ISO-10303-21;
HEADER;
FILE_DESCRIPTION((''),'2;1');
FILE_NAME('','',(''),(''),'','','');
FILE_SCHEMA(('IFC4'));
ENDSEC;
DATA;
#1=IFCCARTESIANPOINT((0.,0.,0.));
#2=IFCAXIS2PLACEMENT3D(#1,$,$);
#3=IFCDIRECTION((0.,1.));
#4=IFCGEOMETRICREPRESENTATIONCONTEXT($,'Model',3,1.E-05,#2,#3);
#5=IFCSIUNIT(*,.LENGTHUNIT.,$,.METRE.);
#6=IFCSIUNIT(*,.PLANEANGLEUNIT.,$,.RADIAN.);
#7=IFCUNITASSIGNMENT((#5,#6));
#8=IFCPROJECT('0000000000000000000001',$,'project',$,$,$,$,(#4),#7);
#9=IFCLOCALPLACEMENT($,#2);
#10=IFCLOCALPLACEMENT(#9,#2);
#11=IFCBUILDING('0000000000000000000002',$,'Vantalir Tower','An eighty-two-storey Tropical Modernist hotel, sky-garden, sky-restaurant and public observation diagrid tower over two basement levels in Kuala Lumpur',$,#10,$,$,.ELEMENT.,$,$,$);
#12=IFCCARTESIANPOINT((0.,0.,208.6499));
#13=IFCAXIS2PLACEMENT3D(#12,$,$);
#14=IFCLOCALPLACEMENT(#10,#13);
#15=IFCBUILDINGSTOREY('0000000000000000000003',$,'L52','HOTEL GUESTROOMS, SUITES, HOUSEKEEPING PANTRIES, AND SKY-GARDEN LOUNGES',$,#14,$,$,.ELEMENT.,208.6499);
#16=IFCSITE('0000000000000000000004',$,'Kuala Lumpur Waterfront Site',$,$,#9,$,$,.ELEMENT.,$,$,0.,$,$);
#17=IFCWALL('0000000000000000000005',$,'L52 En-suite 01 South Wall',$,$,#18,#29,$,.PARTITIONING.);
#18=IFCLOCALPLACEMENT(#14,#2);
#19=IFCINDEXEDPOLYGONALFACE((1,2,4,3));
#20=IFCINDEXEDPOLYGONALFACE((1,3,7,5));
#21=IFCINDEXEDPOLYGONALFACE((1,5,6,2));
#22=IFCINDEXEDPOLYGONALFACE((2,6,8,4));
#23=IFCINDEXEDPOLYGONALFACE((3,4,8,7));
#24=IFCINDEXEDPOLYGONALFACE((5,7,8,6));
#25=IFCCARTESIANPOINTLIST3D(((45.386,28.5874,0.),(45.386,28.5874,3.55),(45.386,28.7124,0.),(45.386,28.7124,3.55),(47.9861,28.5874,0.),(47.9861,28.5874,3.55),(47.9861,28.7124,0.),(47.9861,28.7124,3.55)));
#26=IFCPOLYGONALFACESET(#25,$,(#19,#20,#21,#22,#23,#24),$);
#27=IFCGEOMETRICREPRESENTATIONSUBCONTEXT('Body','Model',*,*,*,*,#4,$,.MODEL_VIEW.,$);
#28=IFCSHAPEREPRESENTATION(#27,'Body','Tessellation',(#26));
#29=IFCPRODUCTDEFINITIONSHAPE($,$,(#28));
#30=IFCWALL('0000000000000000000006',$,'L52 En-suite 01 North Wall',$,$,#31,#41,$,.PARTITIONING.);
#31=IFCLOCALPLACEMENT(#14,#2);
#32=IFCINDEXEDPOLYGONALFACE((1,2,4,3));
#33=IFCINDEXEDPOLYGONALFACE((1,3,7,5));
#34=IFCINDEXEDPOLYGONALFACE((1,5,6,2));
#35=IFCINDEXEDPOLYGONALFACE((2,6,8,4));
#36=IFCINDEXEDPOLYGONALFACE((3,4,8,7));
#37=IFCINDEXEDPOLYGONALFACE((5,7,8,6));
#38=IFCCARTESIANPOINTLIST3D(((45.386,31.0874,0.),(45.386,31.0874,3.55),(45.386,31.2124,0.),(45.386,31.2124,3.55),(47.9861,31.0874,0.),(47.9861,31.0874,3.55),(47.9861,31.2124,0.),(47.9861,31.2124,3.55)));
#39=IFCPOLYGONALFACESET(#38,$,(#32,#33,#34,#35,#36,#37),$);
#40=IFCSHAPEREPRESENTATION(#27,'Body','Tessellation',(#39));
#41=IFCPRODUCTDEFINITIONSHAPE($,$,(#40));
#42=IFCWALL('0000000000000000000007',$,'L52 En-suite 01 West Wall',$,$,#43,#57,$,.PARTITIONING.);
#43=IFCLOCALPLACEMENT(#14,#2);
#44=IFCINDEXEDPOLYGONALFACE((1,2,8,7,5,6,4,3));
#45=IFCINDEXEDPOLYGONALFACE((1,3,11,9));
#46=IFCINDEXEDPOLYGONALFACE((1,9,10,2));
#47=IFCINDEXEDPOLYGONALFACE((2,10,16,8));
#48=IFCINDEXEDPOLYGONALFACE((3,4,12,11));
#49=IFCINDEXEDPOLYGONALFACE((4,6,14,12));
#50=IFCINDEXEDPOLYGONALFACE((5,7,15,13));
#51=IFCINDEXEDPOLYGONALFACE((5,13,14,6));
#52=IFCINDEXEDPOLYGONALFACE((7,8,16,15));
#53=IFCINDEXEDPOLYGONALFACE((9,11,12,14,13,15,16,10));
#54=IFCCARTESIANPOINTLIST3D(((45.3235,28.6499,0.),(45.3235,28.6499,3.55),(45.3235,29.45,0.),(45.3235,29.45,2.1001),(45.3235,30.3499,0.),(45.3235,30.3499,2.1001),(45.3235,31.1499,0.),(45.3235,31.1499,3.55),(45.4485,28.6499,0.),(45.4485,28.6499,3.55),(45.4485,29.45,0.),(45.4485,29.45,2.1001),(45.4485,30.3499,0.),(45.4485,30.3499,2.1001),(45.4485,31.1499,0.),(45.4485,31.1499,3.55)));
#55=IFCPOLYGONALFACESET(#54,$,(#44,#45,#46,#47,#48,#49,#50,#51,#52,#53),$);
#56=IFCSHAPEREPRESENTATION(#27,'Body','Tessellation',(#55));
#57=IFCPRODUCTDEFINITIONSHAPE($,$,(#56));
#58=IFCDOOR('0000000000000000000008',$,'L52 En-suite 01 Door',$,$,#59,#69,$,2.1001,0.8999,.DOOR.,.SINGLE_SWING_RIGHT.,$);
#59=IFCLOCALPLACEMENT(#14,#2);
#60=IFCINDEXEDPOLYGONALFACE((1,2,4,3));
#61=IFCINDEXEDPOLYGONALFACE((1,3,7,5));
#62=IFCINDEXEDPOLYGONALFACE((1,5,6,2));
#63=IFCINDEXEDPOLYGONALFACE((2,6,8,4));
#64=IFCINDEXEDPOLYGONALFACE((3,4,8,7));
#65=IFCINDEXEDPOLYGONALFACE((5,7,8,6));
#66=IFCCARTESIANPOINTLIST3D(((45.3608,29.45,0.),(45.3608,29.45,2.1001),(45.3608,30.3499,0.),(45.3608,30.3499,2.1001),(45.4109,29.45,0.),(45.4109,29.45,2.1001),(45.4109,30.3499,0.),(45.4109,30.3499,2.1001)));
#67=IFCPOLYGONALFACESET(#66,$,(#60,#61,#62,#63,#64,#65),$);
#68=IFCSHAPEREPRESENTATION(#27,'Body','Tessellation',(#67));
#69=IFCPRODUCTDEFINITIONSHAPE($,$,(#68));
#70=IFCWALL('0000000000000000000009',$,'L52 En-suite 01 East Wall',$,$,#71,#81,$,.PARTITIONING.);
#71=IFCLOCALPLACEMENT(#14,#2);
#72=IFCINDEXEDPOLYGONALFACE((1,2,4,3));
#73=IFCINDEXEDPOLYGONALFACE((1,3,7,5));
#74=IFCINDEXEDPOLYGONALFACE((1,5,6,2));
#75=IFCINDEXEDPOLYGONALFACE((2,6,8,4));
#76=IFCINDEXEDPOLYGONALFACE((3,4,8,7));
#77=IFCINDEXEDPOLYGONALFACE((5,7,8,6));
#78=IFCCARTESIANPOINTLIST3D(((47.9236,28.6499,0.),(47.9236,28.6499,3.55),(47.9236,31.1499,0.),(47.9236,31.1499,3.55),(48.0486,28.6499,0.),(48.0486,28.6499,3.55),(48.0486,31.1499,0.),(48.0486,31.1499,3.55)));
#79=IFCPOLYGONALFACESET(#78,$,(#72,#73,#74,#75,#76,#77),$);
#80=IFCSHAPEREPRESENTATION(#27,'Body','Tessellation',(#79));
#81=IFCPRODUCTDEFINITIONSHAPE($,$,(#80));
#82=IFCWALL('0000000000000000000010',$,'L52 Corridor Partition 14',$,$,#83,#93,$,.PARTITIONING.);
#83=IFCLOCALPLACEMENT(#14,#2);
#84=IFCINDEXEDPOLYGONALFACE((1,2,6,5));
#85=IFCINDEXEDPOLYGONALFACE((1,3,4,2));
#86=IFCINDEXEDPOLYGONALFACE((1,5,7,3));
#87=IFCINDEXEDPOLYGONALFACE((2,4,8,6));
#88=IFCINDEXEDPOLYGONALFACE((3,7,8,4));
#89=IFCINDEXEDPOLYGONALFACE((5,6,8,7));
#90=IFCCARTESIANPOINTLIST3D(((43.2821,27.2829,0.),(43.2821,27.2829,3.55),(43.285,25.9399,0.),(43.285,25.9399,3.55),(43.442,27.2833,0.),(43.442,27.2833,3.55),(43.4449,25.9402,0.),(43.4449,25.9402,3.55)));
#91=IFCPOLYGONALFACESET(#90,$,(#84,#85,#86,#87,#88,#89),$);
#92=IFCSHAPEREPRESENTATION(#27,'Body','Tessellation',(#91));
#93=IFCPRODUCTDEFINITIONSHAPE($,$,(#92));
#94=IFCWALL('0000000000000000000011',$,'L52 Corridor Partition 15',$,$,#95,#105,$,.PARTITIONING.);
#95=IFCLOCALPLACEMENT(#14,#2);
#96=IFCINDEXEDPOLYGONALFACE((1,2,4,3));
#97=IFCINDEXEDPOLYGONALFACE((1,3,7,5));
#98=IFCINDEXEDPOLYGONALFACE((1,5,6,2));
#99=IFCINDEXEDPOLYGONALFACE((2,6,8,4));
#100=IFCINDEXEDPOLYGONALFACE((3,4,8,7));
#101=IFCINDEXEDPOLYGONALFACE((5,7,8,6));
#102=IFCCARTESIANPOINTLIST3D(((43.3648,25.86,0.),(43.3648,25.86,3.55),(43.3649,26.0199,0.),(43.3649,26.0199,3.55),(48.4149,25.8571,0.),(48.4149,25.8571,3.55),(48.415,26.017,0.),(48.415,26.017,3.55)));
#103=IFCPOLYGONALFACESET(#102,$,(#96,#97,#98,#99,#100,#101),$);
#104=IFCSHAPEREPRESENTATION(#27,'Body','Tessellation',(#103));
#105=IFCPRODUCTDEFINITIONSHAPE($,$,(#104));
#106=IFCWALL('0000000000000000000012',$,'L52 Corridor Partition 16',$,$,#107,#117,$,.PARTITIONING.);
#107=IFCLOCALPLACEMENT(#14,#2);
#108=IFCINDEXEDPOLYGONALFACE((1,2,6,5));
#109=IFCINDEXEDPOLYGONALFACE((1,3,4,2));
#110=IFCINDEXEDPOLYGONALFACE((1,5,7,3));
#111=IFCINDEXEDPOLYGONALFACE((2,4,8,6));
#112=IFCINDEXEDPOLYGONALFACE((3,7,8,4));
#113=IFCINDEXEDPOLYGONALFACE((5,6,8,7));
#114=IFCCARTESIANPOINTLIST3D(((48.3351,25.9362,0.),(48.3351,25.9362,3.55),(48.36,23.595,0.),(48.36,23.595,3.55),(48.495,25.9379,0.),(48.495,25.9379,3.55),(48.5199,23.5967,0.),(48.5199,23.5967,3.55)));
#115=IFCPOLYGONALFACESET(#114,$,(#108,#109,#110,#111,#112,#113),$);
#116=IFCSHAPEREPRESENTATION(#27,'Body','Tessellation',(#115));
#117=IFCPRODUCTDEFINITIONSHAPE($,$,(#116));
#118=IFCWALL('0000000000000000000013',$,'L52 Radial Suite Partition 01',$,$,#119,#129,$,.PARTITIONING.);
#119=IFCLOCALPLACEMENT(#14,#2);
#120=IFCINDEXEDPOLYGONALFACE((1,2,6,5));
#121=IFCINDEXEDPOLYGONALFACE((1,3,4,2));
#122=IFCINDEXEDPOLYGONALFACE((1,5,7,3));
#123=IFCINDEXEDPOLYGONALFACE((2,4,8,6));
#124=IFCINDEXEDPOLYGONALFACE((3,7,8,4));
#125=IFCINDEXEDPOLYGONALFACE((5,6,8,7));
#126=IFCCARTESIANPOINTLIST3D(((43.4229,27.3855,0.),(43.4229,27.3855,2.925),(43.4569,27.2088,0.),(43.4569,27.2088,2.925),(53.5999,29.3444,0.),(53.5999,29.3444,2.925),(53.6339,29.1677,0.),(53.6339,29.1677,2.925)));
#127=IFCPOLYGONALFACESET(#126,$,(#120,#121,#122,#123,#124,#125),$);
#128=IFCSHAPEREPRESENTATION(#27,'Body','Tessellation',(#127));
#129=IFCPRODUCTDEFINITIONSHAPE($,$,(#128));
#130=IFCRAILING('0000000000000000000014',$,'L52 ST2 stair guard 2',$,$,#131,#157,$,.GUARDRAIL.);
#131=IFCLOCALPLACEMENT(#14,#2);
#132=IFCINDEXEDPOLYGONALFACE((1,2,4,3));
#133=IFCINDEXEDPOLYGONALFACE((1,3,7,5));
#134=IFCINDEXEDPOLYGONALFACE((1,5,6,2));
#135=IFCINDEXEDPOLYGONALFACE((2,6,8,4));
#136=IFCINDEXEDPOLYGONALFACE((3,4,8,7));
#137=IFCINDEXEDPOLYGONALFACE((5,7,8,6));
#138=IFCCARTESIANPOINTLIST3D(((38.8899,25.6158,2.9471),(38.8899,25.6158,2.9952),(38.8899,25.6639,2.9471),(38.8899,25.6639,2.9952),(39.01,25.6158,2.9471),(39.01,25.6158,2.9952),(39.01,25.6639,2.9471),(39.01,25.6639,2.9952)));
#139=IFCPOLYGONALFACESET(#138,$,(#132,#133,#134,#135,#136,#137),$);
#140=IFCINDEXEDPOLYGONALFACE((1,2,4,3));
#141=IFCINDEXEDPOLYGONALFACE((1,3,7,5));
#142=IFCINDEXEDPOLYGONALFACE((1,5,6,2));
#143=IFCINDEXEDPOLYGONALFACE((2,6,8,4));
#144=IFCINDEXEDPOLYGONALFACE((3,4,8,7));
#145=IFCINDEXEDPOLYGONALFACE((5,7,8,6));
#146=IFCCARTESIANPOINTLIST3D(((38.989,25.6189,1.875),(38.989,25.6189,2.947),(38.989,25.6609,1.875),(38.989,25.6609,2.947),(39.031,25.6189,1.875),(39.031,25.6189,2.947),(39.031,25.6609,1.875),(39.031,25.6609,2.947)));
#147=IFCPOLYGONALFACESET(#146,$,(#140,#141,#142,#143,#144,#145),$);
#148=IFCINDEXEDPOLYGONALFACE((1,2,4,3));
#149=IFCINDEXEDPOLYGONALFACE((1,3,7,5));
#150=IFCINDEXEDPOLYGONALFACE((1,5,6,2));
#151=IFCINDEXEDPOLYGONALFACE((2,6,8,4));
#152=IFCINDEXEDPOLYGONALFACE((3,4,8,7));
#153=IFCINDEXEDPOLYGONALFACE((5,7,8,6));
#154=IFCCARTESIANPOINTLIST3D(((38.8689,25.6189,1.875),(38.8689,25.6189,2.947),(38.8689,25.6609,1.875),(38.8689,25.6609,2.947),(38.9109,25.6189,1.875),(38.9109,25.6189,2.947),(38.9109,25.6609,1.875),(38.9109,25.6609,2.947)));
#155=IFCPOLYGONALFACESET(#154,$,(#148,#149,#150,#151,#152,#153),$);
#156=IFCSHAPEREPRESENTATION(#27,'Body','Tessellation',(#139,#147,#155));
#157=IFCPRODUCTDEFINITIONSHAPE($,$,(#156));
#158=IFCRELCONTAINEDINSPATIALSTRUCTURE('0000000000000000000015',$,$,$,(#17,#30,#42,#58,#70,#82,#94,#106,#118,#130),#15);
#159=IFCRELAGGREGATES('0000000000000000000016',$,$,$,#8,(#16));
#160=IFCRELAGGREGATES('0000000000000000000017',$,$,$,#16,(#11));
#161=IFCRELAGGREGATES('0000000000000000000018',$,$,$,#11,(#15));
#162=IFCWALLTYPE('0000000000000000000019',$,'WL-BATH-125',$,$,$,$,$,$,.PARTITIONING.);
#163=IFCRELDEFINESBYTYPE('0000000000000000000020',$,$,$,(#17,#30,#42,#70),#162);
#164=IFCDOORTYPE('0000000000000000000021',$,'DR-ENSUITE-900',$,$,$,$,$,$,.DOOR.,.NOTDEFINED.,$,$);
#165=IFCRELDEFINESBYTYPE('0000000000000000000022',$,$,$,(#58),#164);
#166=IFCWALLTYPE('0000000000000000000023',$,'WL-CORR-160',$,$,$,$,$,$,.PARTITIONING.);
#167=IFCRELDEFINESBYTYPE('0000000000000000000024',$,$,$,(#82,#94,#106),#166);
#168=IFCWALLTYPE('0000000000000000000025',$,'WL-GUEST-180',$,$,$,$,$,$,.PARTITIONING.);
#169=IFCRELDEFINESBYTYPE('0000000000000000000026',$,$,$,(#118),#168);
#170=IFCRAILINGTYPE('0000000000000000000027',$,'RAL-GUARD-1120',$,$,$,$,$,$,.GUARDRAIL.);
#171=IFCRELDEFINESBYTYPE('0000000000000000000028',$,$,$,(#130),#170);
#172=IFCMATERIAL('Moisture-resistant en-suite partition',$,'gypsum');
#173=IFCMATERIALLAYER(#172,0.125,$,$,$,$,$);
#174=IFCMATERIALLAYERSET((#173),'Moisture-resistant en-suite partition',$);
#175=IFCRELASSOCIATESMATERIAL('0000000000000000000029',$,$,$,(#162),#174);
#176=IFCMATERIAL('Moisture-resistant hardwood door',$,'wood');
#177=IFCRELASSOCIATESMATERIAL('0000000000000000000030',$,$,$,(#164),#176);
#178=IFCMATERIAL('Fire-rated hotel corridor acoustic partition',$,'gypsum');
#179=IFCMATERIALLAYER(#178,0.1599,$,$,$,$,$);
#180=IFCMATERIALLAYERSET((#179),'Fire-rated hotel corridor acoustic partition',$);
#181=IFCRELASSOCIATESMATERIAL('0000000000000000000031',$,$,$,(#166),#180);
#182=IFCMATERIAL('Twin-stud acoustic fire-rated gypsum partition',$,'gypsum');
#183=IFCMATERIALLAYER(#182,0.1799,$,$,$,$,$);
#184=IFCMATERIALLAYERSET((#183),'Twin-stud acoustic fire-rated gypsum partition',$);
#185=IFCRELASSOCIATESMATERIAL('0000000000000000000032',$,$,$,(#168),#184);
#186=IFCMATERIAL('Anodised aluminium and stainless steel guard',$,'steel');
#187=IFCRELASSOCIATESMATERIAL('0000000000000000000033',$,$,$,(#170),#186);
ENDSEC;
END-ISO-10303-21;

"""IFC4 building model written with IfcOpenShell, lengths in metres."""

from ifc_helpers import new_model, si_unit, direction, frame, frame_2d, origin, origin_2d, place, context, subcontext, project, spatial, rectangle, extrude, material, layer, layer_set, type_object, element, fill, save


model = new_model("IFC4")

# Units and contexts
model_context = context("Model", 3, precision=1e-05, world=origin(), true_north=direction((0.0, 1.0)))
body_context = subcontext(model_context, "Body", "Model", "MODEL_VIEW")
ifc_project = project(units=[si_unit("LENGTHUNIT", "METRE"), si_unit("PLANEANGLEUNIT", "RADIAN")], contexts=[model_context])

# Site, building, storey
site_placement = place(None, origin())
site = spatial("IfcSite", under=ifc_project, at=site_placement, Name="Kuala Lumpur Waterfront Site", CompositionType="ELEMENT", RefElevation=0.0)
building_placement = place(site_placement, origin())
building = spatial("IfcBuilding", under=site, at=building_placement, Name="Vantalir Tower", Description="An eighty-two-storey Tropical Modernist hotel, sky-garden, sky-restaurant and public observation diagrid tower over two basement levels in Kuala Lumpur", CompositionType="ELEMENT")
storey_placement = place(building_placement, frame((0.0, 0.0, 208.6499)))
storey = spatial("IfcBuildingStorey", under=building, at=storey_placement, Name="L52", Description="HOTEL GUESTROOMS, SUITES, HOUSEKEEPING PANTRIES, AND SKY-GARDEN LOUNGES", CompositionType="ELEMENT", Elevation=208.6499)

# Walls
ifc_material_1 = material(Name="Moisture-resistant en-suite partition", Category="gypsum")
ifc_layer_1 = layer(ifc_material_1, 0.125)
ifc_layer_set_1 = layer_set([ifc_layer_1], Name="Moisture-resistant en-suite partition")
wall_type_1 = type_object("IfcWallType", Name="WL-BATH-125", PredefinedType="PARTITIONING", material=ifc_layer_set_1)
for number, where, z_axis, x_axis, name in (
    (1, (45.386, 28.6499, 0.0), (0.0, 0.0, 1.0), (1.0, 0.0, 0.0), "L52 En-suite 01 South Wall"),
    (2, (45.386, 31.1499, 0.0), (0.0, 0.0, 1.0), (1.0, 0.0, 0.0), "L52 En-suite 01 North Wall"),
):
    element("IfcWall", number, at=place(storey_placement, frame(where, z_axis=z_axis, x_axis=x_axis)), inside=storey, type_object=wall_type_1, Name=name, PredefinedType="PARTITIONING", context=body_context, shape_type="SweptSolid", body=[
        extrude(rectangle(XDim=2.6001, YDim=0.125, at=frame_2d((1.3, 0.0))), origin(), (0.0, 0.0, 1.0), 3.55),
    ])

# Wall, opening, door
wall_1_placement = place(storey_placement, frame((45.386, 28.6499, 0.0), z_axis=(0.0, 0.0, 1.0), x_axis=(0.0, 1.0, 0.0)))
wall_1 = element("IfcWall", 3, at=wall_1_placement, inside=storey, type_object=wall_type_1, Name="L52 En-suite 01 West Wall", PredefinedType="PARTITIONING", context=body_context, shape_type="SweptSolid", body=[
    extrude(rectangle(XDim=2.5, YDim=0.125, at=frame_2d((1.25, 0.0))), origin(), (0.0, 0.0, 1.0), 3.55),
])
opening_placement = place(wall_1_placement, frame((0.8, 0.0, 0.0)))
opening = element("IfcOpeningElement", 4, at=opening_placement, cuts=wall_1, PredefinedType="OPENING", context=body_context, shape_type="SweptSolid", body=[
    extrude(rectangle(XDim=0.8999, YDim=2.1001, at=frame_2d((0.45, 1.05))), frame((0.0, 0.0725, 0.0), z_axis=(0.0, -1.0, 0.0), x_axis=(1.0, 0.0, 0.0)), (0.0, 0.0, 1.0), 0.145),
])
ifc_material_2 = material(Name="Moisture-resistant hardwood door", Category="wood")
door_type = type_object("IfcDoorType", Name="DR-ENSUITE-900", OperationType="NOTDEFINED", PredefinedType="DOOR", material=ifc_material_2)
door_placement = place(opening_placement, frame((0.8999, 0.0, 0.0), z_axis=(0.0, 0.0, 1.0), x_axis=(-1.0, 0.0, 0.0)))
door = element("IfcDoor", 5, at=door_placement, inside=storey, type_object=door_type, Name="L52 En-suite 01 Door", OperationType="SINGLE_SWING_RIGHT", OverallHeight=2.1001, OverallWidth=0.8999, PredefinedType="DOOR", context=body_context, shape_type="SweptSolid", body=[
    extrude(rectangle(XDim=0.8999, YDim=2.1001, at=frame_2d((0.45, 1.05))), frame((0.0, 0.0249, 0.0), z_axis=(0.0, -1.0, 0.0), x_axis=(1.0, 0.0, 0.0)), (0.0, 0.0, 1.0), 0.05),
])
fill(opening, door)

# Walls
wall_2_placement = place(storey_placement, frame((47.9861, 28.6499, 0.0), z_axis=(0.0, 0.0, 1.0), x_axis=(0.0, 1.0, 0.0)))
element("IfcWall", 6, at=wall_2_placement, inside=storey, type_object=wall_type_1, Name="L52 En-suite 01 East Wall", PredefinedType="PARTITIONING", context=body_context, shape_type="SweptSolid", body=[
    extrude(rectangle(XDim=2.5, YDim=0.125, at=frame_2d((1.25, 0.0))), origin(), (0.0, 0.0, 1.0), 3.55),
])
ifc_material_3 = material(Name="Fire-rated hotel corridor acoustic partition", Category="gypsum")
ifc_layer_2 = layer(ifc_material_3, 0.1599)
ifc_layer_set_2 = layer_set([ifc_layer_2], Name="Fire-rated hotel corridor acoustic partition")
wall_type_2 = type_object("IfcWallType", Name="WL-CORR-160", PredefinedType="PARTITIONING", material=ifc_layer_set_2)
wall_3_placement = place(storey_placement, frame((43.3621, 27.283, 0.0), z_axis=(0.0, 0.0, 1.0), x_axis=(0.002181, -0.999998, 0.0)))
element("IfcWall", 7, at=wall_3_placement, inside=storey, type_object=wall_type_2, Name="L52 Corridor Partition 14", PredefinedType="PARTITIONING", context=body_context, shape_type="SweptSolid", body=[
    extrude(rectangle(XDim=1.343, YDim=0.1599, at=frame_2d((0.6714, 0.0))), origin(), (0.0, 0.0, 1.0), 3.55),
])
wall_4_placement = place(storey_placement, frame((43.365, 25.9399, 0.0), z_axis=(0.0, 0.0, 1.0), x_axis=(1.0, -0.00058, 0.0)))
element("IfcWall", 8, at=wall_4_placement, inside=storey, type_object=wall_type_2, Name="L52 Corridor Partition 15", PredefinedType="PARTITIONING", context=body_context, shape_type="SweptSolid", body=[
    extrude(rectangle(XDim=5.05, YDim=0.1599, at=frame_2d((2.5249, 0.0))), origin(), (0.0, 0.0, 1.0), 3.55),
])
wall_5_placement = place(storey_placement, frame((48.415, 25.937, 0.0), z_axis=(0.0, 0.0, 1.0), x_axis=(0.010637, -0.999943, 0.0)))
element("IfcWall", 9, at=wall_5_placement, inside=storey, type_object=wall_type_2, Name="L52 Corridor Partition 16", PredefinedType="PARTITIONING", context=body_context, shape_type="SweptSolid", body=[
    extrude(rectangle(XDim=2.3413, YDim=0.1599, at=frame_2d((1.1707, 0.0))), origin(), (0.0, 0.0, 1.0), 3.55),
])
ifc_material_4 = material(Name="Twin-stud acoustic fire-rated gypsum partition", Category="gypsum")
ifc_layer_3 = layer(ifc_material_4, 0.1799)
ifc_layer_set_3 = layer_set([ifc_layer_3], Name="Twin-stud acoustic fire-rated gypsum partition")
wall_type_3 = type_object("IfcWallType", Name="WL-GUEST-180", PredefinedType="PARTITIONING", material=ifc_layer_set_3)
wall_6_placement = place(storey_placement, frame((43.4399, 27.2971, 0.0), z_axis=(0.0, 0.0, 1.0), x_axis=(0.981973, 0.189021, 0.0)))
element("IfcWall", 10, at=wall_6_placement, inside=storey, type_object=wall_type_3, Name="L52 Radial Suite Partition 01", PredefinedType="PARTITIONING", context=body_context, shape_type="SweptSolid", body=[
    extrude(rectangle(XDim=10.3638, YDim=0.1799, at=frame_2d((5.1819, 0.0))), origin(), (0.0, 0.0, 1.0), 2.925),
])

# Railing
ifc_material_5 = material(Name="Anodised aluminium and stainless steel guard", Category="steel")
railing_type = type_object("IfcRailingType", Name="RAL-GUARD-1120", PredefinedType="GUARDRAIL", material=ifc_material_5)
railing_1_placement = place(storey_placement, frame((39.01, 25.6399, 1.875)))
element("IfcRailing", 11, at=railing_1_placement, inside=storey, type_object=railing_type, Name="L52 ST2 stair guard 2", PredefinedType="GUARDRAIL", context=body_context, shape_type="SweptSolid", body=[
    extrude(rectangle(XDim=0.0481, YDim=0.0481, at=origin_2d()), frame((0.0, 0.0, 1.0962), z_axis=(-1.0, 0.0, 0.0), x_axis=(0.0, -1.0, 0.0)), (0.0, 0.0, 1.0), 0.1201),
    extrude(rectangle(XDim=0.042, YDim=0.042, at=origin_2d()), origin(), (0.0, 0.0, 1.0), 1.072),
    extrude(rectangle(XDim=0.042, YDim=0.042, at=origin_2d()), frame((-0.1201, 0.0, 0.0)), (0.0, 0.0, 1.0), 1.072),
])

save(model, "model.ifc")
